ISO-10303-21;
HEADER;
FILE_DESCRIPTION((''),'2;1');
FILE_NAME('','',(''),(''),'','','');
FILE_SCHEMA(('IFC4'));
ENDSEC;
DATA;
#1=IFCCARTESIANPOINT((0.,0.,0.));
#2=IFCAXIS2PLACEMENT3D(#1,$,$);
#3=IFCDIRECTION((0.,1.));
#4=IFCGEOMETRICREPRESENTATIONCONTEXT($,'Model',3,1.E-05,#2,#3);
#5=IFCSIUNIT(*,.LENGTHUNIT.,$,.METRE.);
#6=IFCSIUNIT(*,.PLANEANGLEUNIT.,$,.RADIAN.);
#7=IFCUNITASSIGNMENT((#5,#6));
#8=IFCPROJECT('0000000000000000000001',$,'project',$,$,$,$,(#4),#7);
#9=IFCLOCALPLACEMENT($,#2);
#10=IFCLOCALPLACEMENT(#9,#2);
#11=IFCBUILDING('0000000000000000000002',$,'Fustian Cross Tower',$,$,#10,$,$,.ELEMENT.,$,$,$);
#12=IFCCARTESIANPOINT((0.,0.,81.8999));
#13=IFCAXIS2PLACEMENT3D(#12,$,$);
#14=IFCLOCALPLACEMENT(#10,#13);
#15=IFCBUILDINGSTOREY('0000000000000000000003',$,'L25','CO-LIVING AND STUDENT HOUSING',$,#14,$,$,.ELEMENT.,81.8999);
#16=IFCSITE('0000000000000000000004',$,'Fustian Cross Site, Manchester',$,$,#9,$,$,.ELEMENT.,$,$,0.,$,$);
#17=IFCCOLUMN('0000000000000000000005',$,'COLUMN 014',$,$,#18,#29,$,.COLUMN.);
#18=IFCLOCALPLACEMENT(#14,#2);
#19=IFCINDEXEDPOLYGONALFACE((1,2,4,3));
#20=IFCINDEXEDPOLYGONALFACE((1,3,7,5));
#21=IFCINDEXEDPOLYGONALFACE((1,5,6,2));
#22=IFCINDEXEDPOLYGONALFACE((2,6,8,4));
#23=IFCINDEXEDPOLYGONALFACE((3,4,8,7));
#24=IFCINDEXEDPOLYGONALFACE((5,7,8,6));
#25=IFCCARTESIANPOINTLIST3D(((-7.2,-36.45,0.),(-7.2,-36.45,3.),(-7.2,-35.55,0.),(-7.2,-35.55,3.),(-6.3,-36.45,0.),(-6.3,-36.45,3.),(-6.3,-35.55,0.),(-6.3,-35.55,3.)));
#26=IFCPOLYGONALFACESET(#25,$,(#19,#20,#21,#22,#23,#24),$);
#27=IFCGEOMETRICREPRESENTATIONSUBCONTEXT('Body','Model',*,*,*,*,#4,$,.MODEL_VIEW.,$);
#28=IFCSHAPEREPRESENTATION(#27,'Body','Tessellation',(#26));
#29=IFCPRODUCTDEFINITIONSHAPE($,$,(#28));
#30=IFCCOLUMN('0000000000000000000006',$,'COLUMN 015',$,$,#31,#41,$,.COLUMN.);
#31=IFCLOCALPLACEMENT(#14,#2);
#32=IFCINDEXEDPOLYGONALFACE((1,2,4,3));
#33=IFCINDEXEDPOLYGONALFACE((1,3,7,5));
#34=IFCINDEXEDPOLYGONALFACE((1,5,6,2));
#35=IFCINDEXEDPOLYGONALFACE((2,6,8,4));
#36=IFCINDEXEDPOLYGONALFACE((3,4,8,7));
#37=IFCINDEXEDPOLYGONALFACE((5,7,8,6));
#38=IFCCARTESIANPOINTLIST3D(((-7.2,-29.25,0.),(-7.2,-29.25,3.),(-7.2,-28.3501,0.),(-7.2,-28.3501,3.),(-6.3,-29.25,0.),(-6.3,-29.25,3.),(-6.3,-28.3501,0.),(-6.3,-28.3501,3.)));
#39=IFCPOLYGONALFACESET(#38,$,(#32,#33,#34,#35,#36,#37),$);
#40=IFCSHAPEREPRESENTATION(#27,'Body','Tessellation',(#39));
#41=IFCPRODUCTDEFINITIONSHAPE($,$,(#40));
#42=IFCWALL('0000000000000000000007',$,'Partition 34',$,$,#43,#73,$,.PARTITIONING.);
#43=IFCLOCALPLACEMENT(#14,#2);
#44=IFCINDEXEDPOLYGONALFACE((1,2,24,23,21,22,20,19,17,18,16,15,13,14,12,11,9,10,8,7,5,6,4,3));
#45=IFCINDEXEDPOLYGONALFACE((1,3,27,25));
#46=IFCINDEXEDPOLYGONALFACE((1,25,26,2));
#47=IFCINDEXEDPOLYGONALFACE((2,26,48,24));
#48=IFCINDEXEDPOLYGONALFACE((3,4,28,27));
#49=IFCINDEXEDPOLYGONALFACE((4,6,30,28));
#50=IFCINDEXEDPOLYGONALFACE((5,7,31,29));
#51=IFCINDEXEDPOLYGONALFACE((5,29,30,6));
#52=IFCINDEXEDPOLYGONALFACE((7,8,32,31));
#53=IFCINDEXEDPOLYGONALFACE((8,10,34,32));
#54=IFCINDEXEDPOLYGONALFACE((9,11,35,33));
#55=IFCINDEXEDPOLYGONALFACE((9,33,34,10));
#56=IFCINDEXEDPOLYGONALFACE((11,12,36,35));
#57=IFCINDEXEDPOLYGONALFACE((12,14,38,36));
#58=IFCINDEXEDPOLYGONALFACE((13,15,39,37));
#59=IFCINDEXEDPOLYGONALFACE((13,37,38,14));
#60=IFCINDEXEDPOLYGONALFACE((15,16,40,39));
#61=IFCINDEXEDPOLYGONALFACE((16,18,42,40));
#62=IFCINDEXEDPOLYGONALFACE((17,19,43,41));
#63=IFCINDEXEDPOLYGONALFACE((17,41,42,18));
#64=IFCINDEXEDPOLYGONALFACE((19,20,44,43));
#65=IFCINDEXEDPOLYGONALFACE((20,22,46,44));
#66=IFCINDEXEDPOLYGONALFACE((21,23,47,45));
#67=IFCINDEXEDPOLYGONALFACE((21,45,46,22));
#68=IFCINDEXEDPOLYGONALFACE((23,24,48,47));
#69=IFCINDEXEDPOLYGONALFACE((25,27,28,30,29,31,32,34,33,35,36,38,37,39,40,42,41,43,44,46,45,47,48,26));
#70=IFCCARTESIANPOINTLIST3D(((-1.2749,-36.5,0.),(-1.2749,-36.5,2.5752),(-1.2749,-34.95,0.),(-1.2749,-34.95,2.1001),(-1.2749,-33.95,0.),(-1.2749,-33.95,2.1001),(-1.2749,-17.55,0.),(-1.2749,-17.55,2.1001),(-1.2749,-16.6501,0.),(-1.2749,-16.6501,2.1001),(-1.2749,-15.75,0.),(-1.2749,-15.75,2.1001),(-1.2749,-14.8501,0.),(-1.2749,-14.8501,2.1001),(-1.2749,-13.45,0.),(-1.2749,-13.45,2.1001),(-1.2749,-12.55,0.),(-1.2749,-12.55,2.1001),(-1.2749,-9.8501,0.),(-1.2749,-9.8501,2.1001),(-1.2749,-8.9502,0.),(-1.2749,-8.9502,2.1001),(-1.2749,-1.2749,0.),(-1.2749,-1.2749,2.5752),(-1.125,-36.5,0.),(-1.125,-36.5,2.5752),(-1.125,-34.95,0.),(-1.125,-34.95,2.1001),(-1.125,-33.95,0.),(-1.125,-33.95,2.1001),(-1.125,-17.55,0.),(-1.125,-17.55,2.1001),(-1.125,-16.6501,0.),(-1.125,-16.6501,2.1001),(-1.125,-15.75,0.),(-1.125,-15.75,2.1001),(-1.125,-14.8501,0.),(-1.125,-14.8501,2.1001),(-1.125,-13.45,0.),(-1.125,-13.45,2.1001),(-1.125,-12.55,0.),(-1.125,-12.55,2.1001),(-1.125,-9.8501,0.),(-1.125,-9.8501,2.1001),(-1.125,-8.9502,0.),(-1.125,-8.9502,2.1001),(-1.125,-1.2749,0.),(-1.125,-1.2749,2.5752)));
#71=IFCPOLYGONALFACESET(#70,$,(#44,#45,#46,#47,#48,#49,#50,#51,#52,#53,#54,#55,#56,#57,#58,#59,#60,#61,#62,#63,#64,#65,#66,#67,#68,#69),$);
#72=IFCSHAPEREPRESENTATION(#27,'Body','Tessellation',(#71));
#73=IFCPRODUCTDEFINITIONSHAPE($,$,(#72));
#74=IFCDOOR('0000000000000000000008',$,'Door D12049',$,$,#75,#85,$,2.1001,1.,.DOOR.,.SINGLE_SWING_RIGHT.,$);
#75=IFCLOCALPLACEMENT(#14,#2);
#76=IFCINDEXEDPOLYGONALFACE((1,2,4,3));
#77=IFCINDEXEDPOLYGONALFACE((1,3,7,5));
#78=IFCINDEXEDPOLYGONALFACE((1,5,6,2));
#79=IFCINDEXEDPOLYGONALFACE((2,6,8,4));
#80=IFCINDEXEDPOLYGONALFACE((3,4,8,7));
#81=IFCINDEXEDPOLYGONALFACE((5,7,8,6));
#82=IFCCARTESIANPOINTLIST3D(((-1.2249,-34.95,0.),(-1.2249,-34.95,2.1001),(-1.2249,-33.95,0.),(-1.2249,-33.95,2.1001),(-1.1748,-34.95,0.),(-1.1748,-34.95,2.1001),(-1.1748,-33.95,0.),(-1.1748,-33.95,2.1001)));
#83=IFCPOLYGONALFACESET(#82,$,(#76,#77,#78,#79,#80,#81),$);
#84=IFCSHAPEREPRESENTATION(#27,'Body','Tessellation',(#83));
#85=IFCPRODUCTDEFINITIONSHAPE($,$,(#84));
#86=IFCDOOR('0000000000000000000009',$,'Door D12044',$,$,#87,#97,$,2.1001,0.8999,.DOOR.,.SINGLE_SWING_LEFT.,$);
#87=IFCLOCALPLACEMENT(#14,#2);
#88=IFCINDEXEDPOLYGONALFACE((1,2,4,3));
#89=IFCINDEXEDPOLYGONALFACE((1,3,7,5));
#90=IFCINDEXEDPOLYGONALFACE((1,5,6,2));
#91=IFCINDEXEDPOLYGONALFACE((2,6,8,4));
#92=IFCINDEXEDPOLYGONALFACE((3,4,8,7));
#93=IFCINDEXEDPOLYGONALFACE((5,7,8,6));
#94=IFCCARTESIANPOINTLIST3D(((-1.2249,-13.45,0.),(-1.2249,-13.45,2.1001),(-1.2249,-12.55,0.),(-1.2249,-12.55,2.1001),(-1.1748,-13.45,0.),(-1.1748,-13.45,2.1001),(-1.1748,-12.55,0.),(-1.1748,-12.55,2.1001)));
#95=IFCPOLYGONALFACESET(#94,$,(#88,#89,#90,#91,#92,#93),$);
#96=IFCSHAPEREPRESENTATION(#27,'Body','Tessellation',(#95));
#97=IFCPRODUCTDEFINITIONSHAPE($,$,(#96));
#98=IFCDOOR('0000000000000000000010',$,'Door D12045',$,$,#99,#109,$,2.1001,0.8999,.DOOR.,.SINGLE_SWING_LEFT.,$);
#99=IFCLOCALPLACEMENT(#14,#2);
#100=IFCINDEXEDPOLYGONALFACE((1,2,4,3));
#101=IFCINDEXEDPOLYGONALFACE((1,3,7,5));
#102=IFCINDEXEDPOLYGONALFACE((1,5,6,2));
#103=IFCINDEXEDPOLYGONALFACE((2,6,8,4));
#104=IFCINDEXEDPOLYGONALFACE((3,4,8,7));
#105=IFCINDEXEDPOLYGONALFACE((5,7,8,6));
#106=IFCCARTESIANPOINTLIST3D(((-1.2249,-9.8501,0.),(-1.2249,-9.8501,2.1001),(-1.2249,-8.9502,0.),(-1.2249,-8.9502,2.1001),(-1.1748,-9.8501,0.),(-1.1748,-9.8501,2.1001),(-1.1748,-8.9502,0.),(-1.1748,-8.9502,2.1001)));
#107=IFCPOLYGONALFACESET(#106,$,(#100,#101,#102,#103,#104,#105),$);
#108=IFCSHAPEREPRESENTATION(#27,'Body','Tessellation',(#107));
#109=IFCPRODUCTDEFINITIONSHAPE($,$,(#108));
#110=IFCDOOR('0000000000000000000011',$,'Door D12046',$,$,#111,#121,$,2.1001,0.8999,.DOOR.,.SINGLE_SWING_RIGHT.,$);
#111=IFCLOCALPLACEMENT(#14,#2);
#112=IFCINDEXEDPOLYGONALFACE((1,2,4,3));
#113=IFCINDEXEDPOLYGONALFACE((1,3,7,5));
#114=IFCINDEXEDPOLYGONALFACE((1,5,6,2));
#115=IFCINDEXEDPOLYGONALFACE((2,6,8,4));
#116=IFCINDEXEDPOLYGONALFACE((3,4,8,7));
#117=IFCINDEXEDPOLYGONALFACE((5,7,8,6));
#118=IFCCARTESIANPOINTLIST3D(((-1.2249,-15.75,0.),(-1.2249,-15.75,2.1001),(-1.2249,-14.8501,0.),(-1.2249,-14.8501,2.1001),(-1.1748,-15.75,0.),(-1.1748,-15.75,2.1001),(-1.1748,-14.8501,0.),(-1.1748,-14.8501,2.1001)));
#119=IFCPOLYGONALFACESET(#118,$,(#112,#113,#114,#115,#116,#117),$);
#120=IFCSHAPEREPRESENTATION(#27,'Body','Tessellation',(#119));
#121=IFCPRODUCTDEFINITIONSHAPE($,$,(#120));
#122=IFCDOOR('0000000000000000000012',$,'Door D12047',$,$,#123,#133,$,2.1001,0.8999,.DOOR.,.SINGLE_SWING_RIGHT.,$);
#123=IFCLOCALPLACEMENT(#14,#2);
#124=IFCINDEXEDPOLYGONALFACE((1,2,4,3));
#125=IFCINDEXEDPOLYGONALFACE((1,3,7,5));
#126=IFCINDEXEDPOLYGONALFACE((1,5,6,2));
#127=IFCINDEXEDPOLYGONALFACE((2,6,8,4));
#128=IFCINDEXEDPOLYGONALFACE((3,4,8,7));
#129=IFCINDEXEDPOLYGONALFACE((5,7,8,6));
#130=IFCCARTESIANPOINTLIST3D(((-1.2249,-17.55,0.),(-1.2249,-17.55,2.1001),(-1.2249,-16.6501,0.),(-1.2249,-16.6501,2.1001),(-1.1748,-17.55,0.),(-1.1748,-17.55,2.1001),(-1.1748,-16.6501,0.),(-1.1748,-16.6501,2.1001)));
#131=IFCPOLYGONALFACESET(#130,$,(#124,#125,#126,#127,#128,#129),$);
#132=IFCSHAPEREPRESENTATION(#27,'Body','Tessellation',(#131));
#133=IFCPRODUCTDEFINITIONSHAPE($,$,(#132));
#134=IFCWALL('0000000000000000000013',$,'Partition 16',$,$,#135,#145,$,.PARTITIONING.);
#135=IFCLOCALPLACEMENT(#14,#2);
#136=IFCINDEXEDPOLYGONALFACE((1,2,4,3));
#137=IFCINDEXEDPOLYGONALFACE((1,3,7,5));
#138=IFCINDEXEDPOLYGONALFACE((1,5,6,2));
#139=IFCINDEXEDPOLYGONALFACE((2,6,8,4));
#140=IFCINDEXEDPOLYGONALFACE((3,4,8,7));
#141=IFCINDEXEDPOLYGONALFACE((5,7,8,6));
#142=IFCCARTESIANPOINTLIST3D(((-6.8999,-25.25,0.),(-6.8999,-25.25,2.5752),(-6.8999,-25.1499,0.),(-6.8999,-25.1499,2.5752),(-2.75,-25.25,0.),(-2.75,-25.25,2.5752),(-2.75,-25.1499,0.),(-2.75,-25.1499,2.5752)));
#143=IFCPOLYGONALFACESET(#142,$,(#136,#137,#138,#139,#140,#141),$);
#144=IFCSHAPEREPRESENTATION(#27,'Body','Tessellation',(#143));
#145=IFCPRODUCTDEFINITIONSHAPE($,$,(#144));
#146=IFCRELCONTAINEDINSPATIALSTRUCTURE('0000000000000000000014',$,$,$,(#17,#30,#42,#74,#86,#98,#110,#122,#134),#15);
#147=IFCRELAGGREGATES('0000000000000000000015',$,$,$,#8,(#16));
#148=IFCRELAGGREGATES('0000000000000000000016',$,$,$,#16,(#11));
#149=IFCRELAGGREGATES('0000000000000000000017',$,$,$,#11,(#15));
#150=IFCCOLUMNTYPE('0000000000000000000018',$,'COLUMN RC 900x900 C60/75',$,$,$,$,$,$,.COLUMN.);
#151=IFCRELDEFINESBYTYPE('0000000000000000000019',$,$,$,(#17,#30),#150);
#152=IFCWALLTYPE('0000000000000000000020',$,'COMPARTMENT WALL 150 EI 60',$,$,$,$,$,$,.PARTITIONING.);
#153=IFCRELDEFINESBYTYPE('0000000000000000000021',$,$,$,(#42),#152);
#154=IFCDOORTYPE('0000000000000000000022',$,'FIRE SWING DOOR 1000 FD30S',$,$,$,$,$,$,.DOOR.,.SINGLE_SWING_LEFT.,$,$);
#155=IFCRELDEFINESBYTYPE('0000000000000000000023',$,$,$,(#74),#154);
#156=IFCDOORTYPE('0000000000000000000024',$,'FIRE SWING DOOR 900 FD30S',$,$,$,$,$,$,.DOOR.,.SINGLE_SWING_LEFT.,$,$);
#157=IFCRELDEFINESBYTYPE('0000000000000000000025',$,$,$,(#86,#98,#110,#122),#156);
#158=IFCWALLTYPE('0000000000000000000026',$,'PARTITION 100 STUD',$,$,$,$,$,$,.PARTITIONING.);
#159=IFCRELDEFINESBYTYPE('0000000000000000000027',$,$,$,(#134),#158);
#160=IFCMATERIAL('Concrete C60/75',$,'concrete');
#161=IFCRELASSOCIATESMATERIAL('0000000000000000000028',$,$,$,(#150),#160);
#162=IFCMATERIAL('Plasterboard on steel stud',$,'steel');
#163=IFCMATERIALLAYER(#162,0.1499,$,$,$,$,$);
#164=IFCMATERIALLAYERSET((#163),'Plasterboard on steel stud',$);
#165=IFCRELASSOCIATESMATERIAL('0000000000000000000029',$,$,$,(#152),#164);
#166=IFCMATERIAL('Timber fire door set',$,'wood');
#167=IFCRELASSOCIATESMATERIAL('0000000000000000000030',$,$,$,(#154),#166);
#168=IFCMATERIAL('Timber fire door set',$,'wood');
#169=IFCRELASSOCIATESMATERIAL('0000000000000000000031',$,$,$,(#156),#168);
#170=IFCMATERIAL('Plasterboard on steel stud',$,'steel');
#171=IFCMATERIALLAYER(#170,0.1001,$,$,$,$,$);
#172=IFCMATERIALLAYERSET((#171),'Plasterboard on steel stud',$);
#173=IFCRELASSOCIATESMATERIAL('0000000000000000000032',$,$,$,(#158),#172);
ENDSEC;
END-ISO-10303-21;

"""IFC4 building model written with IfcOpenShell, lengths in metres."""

from ifc_helpers import new_model, si_unit, direction, frame, frame_2d, origin, origin_2d, place, context, subcontext, project, spatial, rectangle, extrude, material, layer, layer_set, material_profile, profile_set, type_object, element, fill, save


model = new_model("IFC4")

# Units and contexts
model_context = context("Model", 3, precision=1e-05, world=origin(), true_north=direction((0.0, 1.0)))
body_context = subcontext(model_context, "Body", "Model", "MODEL_VIEW")
ifc_project = project(units=[si_unit("LENGTHUNIT", "METRE"), si_unit("PLANEANGLEUNIT", "RADIAN")], contexts=[model_context])

# Site, building, storey
site_placement = place(None, origin())
site = spatial("IfcSite", under=ifc_project, at=site_placement, Name="Fustian Cross Site, Manchester", CompositionType="ELEMENT", RefElevation=0.0)
building_placement = place(site_placement, origin())
building = spatial("IfcBuilding", under=site, at=building_placement, Name="Fustian Cross Tower", CompositionType="ELEMENT")
storey_placement = place(building_placement, frame((0.0, 0.0, 81.8999)))
storey = spatial("IfcBuildingStorey", under=building, at=storey_placement, Name="L25", Description="CO-LIVING AND STUDENT HOUSING", CompositionType="ELEMENT", Elevation=81.8999)

# Columns
ifc_material_1 = material(Name="Concrete C60/75", Category="concrete")
ifc_material_profile = material_profile(ifc_material_1, rectangle(XDim=0.8999, YDim=0.8999, at=origin_2d()), Name="RC 900x900")
ifc_profile_set = profile_set([ifc_material_profile], Name="Concrete C60/75")
column_type = type_object("IfcColumnType", Name="COLUMN RC 900x900 C60/75", PredefinedType="COLUMN", material=ifc_profile_set)
for number, where, z_axis, x_axis, name in (
    (1, (-6.75, -36.0, 0.0), (0.0, 0.0, 1.0), (1.0, 0.0, 0.0), "COLUMN 014"),
    (2, (-6.75, -28.8, 0.0), (0.0, 0.0, 1.0), (1.0, 0.0, 0.0), "COLUMN 015"),
):
    element("IfcColumn", number, at=place(storey_placement, frame(where, z_axis=z_axis, x_axis=x_axis)), inside=storey, type_object=column_type, Name=name, PredefinedType="COLUMN", context=body_context, shape_type="SweptSolid", body=[
        extrude(rectangle(XDim=0.8999, YDim=0.8999, at=origin_2d()), origin(), (0.0, 0.0, 1.0), 3.0),
    ])

# Wall, openings, doors
ifc_material_2 = material(Name="Plasterboard on steel stud", Category="steel")
ifc_layer_1 = layer(ifc_material_2, 0.1499)
ifc_layer_set_1 = layer_set([ifc_layer_1], Name="Plasterboard on steel stud")
wall_type_1 = type_object("IfcWallType", Name="COMPARTMENT WALL 150 EI 60", PredefinedType="PARTITIONING", material=ifc_layer_set_1)
wall_1_placement = place(storey_placement, frame((-1.2, -36.5, 0.0), z_axis=(0.0, 0.0, 1.0), x_axis=(0.0, 1.0, 0.0)))
wall_1 = element("IfcWall", 3, at=wall_1_placement, inside=storey, type_object=wall_type_1, Name="Partition 34", PredefinedType="PARTITIONING", context=body_context, shape_type="SweptSolid", body=[
    extrude(rectangle(XDim=35.2251, YDim=0.1499, at=frame_2d((17.6125, 0.0))), origin(), (0.0, 0.0, 1.0), 2.5752),
])
opening_1_placement = place(wall_1_placement, frame((23.05, 0.0, 0.0)))
opening_1 = element("IfcOpeningElement", 4, at=opening_1_placement, cuts=wall_1, PredefinedType="OPENING", context=body_context, shape_type="SweptSolid", body=[
    extrude(rectangle(XDim=0.8999, YDim=2.1001, at=frame_2d((0.45, 1.05))), frame((0.0, 0.085, 0.0), z_axis=(0.0, -1.0, 0.0), x_axis=(1.0, 0.0, 0.0)), (0.0, 0.0, 1.0), 0.1699),
])
opening_2_placement = place(wall_1_placement, frame((26.6499, 0.0, 0.0)))
opening_2 = element("IfcOpeningElement", 5, at=opening_2_placement, cuts=wall_1, PredefinedType="OPENING", context=body_context, shape_type="SweptSolid", body=[
    extrude(rectangle(XDim=0.8999, YDim=2.1001, at=frame_2d((0.45, 1.05))), frame((0.0, 0.085, 0.0), z_axis=(0.0, -1.0, 0.0), x_axis=(1.0, 0.0, 0.0)), (0.0, 0.0, 1.0), 0.1699),
])
opening_3_placement = place(wall_1_placement, frame((20.75, 0.0, 0.0)))
opening_3 = element("IfcOpeningElement", 6, at=opening_3_placement, cuts=wall_1, PredefinedType="OPENING", context=body_context, shape_type="SweptSolid", body=[
    extrude(rectangle(XDim=0.8999, YDim=2.1001, at=frame_2d((0.45, 1.05))), frame((0.0, 0.085, 0.0), z_axis=(0.0, -1.0, 0.0), x_axis=(1.0, 0.0, 0.0)), (0.0, 0.0, 1.0), 0.1699),
])
opening_4_placement = place(wall_1_placement, frame((18.95, 0.0, 0.0)))
opening_4 = element("IfcOpeningElement", 7, at=opening_4_placement, cuts=wall_1, PredefinedType="OPENING", context=body_context, shape_type="SweptSolid", body=[
    extrude(rectangle(XDim=0.8999, YDim=2.1001, at=frame_2d((0.45, 1.05))), frame((0.0, 0.085, 0.0), z_axis=(0.0, -1.0, 0.0), x_axis=(1.0, 0.0, 0.0)), (0.0, 0.0, 1.0), 0.1699),
])
opening_5_placement = place(wall_1_placement, frame((1.55, 0.0, 0.0)))
opening_5 = element("IfcOpeningElement", 8, at=opening_5_placement, cuts=wall_1, PredefinedType="OPENING", context=body_context, shape_type="SweptSolid", body=[
    extrude(rectangle(XDim=1.0, YDim=2.1001, at=frame_2d((0.5, 1.05))), frame((0.0, 0.085, 0.0), z_axis=(0.0, -1.0, 0.0), x_axis=(1.0, 0.0, 0.0)), (0.0, 0.0, 1.0), 0.1699),
])
ifc_material_3 = material(Name="Timber fire door set", Category="wood")
door_type_1 = type_object("IfcDoorType", Name="FIRE SWING DOOR 1000 FD30S", OperationType="SINGLE_SWING_LEFT", PredefinedType="DOOR", material=ifc_material_3)
door_1_placement = place(opening_5_placement, origin())
door_1 = element("IfcDoor", 9, at=door_1_placement, inside=storey, type_object=door_type_1, Name="Door D12049", OperationType="SINGLE_SWING_RIGHT", OverallHeight=2.1001, OverallWidth=1.0, PredefinedType="DOOR", context=body_context, shape_type="SweptSolid", body=[
    extrude(rectangle(XDim=1.0, YDim=2.1001, at=frame_2d((0.5, 1.05))), frame((0.0, 0.0249, 0.0), z_axis=(0.0, -1.0, 0.0), x_axis=(1.0, 0.0, 0.0)), (0.0, 0.0, 1.0), 0.05),
])
fill(opening_5, door_1)
ifc_material_4 = material(Name="Timber fire door set", Category="wood")
door_type_2 = type_object("IfcDoorType", Name="FIRE SWING DOOR 900 FD30S", OperationType="SINGLE_SWING_LEFT", PredefinedType="DOOR", material=ifc_material_4)
door_2_placement = place(opening_1_placement, origin())
door_2 = element("IfcDoor", 10, at=door_2_placement, inside=storey, type_object=door_type_2, Name="Door D12044", OperationType="SINGLE_SWING_LEFT", OverallHeight=2.1001, OverallWidth=0.8999, PredefinedType="DOOR", context=body_context, shape_type="SweptSolid", body=[
    extrude(rectangle(XDim=0.8999, YDim=2.1001, at=frame_2d((0.45, 1.05))), frame((0.0, 0.0249, 0.0), z_axis=(0.0, -1.0, 0.0), x_axis=(1.0, 0.0, 0.0)), (0.0, 0.0, 1.0), 0.05),
])
fill(opening_1, door_2)
door_3_placement = place(opening_2_placement, origin())
door_3 = element("IfcDoor", 11, at=door_3_placement, inside=storey, type_object=door_type_2, Name="Door D12045", OperationType="SINGLE_SWING_LEFT", OverallHeight=2.1001, OverallWidth=0.8999, PredefinedType="DOOR", context=body_context, shape_type="SweptSolid", body=[
    extrude(rectangle(XDim=0.8999, YDim=2.1001, at=frame_2d((0.45, 1.05))), frame((0.0, 0.0249, 0.0), z_axis=(0.0, -1.0, 0.0), x_axis=(1.0, 0.0, 0.0)), (0.0, 0.0, 1.0), 0.05),
])
fill(opening_2, door_3)
door_4_placement = place(opening_3_placement, origin())
door_4 = element("IfcDoor", 12, at=door_4_placement, inside=storey, type_object=door_type_2, Name="Door D12046", OperationType="SINGLE_SWING_RIGHT", OverallHeight=2.1001, OverallWidth=0.8999, PredefinedType="DOOR", context=body_context, shape_type="SweptSolid", body=[
    extrude(rectangle(XDim=0.8999, YDim=2.1001, at=frame_2d((0.45, 1.05))), frame((0.0, 0.0249, 0.0), z_axis=(0.0, -1.0, 0.0), x_axis=(1.0, 0.0, 0.0)), (0.0, 0.0, 1.0), 0.05),
])
fill(opening_3, door_4)
door_5_placement = place(opening_4_placement, origin())
door_5 = element("IfcDoor", 13, at=door_5_placement, inside=storey, type_object=door_type_2, Name="Door D12047", OperationType="SINGLE_SWING_RIGHT", OverallHeight=2.1001, OverallWidth=0.8999, PredefinedType="DOOR", context=body_context, shape_type="SweptSolid", body=[
    extrude(rectangle(XDim=0.8999, YDim=2.1001, at=frame_2d((0.45, 1.05))), frame((0.0, 0.0249, 0.0), z_axis=(0.0, -1.0, 0.0), x_axis=(1.0, 0.0, 0.0)), (0.0, 0.0, 1.0), 0.05),
])
fill(opening_4, door_5)

# Wall
ifc_material_5 = material(Name="Plasterboard on steel stud", Category="steel")
ifc_layer_2 = layer(ifc_material_5, 0.1001)
ifc_layer_set_2 = layer_set([ifc_layer_2], Name="Plasterboard on steel stud")
wall_type_2 = type_object("IfcWallType", Name="PARTITION 100 STUD", PredefinedType="PARTITIONING", material=ifc_layer_set_2)
wall_2_placement = place(storey_placement, frame((-6.8999, -25.2, 0.0), z_axis=(0.0, 0.0, 1.0), x_axis=(1.0, 0.0, 0.0)))
element("IfcWall", 14, at=wall_2_placement, inside=storey, type_object=wall_type_2, Name="Partition 16", PredefinedType="PARTITIONING", context=body_context, shape_type="SweptSolid", body=[
    extrude(rectangle(XDim=4.1499, YDim=0.1001, at=frame_2d((2.075, 0.0))), origin(), (0.0, 0.0, 1.0), 2.5752),
])

save(model, "model.ifc")
